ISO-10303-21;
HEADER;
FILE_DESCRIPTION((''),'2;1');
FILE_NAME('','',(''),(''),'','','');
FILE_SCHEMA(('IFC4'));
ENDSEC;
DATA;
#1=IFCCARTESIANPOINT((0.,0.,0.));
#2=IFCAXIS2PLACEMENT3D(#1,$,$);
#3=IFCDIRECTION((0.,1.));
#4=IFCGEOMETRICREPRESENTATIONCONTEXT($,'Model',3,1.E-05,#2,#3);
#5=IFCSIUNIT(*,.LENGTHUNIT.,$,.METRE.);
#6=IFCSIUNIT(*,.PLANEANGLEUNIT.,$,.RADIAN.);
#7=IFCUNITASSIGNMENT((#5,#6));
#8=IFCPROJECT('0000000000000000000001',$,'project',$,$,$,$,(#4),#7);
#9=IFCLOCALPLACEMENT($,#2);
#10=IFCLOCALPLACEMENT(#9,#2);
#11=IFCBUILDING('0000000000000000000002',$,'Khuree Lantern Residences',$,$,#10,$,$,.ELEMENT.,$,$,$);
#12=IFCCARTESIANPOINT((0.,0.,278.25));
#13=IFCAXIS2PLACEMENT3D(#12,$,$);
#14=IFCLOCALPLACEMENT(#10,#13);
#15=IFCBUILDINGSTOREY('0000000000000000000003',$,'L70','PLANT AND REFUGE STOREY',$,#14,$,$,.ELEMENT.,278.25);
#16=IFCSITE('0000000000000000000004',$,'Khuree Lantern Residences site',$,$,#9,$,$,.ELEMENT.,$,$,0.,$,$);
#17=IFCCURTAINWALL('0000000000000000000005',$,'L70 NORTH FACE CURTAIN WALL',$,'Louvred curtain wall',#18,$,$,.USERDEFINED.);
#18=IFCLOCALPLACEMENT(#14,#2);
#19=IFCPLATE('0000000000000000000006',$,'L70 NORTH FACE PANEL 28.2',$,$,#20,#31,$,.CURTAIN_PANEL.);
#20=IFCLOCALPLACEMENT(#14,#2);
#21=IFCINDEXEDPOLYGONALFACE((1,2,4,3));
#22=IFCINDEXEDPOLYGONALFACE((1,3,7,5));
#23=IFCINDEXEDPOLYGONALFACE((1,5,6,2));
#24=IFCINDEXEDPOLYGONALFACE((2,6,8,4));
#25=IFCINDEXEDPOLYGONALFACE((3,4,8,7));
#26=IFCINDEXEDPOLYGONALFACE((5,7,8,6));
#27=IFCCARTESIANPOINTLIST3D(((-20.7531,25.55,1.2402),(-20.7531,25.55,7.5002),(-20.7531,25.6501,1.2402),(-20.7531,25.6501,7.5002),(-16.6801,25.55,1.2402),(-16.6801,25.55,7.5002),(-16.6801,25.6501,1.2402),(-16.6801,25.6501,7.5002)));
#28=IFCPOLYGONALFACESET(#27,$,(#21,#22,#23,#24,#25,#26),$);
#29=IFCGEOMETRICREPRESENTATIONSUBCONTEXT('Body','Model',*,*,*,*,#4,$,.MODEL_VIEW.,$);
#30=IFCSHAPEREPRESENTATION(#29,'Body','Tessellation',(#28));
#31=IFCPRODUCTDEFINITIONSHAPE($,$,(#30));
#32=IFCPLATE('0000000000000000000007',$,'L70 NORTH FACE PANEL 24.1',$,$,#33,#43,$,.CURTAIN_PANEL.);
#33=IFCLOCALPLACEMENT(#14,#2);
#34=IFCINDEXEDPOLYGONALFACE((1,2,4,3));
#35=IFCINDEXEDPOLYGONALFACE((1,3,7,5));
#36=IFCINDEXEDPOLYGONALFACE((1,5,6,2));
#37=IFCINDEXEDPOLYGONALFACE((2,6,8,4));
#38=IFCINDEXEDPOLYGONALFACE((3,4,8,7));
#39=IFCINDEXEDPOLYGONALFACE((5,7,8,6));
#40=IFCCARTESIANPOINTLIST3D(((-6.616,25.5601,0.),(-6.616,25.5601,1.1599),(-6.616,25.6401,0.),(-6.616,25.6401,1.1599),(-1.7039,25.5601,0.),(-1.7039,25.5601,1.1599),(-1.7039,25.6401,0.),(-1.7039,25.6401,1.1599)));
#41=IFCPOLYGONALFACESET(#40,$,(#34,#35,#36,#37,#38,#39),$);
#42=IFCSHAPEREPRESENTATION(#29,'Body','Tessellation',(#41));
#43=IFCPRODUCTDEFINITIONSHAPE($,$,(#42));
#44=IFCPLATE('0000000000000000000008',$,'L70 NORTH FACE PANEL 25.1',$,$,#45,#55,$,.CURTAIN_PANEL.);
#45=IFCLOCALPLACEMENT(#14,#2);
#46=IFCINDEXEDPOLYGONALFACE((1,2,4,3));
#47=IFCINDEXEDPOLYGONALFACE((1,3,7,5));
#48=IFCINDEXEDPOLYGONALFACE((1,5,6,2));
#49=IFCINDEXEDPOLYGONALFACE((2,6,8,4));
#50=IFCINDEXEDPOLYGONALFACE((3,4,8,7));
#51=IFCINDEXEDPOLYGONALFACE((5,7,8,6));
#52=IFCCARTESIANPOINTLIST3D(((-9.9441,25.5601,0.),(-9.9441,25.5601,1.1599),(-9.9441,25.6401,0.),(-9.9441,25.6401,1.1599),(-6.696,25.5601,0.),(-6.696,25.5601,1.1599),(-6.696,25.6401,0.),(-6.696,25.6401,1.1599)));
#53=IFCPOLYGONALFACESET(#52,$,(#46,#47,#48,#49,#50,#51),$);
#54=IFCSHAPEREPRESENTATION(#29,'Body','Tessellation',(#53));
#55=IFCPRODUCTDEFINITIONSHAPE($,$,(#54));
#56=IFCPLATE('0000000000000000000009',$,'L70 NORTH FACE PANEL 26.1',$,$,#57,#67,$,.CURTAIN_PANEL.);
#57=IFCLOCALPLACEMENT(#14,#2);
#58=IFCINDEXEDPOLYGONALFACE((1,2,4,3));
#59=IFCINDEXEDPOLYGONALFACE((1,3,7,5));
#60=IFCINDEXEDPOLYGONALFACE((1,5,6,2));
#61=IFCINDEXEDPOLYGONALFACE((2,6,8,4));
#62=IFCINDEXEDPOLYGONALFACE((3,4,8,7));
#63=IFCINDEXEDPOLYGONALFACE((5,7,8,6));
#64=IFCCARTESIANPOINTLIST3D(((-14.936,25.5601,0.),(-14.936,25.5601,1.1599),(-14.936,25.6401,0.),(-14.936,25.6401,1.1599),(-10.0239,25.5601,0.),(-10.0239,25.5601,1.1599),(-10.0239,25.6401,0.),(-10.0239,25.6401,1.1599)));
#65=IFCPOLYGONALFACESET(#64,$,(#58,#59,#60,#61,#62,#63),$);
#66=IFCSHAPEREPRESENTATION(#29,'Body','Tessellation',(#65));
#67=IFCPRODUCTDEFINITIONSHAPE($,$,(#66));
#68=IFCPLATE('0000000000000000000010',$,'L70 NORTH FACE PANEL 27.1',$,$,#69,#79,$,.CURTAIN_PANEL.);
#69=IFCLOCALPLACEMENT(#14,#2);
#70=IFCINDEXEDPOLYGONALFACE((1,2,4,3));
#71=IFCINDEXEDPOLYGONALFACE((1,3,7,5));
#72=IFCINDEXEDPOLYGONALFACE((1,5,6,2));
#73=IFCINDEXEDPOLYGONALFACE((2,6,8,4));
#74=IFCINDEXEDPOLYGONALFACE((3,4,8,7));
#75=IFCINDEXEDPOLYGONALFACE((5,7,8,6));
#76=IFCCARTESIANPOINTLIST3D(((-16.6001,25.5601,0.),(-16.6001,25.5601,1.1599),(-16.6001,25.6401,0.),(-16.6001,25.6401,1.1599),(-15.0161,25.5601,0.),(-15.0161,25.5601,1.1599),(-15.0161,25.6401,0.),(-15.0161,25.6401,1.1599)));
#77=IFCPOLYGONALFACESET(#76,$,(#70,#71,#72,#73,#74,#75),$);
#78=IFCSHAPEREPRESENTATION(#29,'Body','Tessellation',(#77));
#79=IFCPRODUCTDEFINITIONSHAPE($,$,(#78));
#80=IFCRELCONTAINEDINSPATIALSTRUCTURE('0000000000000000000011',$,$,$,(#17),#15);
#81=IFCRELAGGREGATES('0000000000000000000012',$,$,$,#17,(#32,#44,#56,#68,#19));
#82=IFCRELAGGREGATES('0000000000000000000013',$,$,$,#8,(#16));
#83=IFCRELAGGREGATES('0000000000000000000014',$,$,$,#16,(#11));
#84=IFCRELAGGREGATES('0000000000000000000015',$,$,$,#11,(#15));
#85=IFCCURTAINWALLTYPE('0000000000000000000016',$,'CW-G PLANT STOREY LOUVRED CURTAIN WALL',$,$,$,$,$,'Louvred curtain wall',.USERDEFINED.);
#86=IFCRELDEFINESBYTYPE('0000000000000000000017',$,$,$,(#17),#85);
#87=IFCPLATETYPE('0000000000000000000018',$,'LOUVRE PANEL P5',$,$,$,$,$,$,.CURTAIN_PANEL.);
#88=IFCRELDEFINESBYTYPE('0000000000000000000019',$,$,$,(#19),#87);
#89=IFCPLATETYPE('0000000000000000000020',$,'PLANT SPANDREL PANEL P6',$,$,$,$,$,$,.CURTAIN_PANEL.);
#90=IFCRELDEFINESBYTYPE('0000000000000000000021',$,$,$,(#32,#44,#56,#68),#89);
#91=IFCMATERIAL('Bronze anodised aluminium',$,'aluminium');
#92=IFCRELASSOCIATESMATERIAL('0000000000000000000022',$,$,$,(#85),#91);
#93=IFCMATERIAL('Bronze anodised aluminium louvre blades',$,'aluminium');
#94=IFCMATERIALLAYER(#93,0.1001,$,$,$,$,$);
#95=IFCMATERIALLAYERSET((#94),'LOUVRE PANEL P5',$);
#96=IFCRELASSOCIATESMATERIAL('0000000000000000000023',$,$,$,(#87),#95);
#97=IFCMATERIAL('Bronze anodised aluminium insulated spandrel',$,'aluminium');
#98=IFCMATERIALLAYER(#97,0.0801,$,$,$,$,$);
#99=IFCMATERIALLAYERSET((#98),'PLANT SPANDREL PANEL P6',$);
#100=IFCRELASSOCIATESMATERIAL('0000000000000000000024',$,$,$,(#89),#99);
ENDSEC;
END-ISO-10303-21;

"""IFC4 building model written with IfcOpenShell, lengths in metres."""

from ifc_helpers import new_model, si_unit, direction, frame, origin, origin_2d, place, context, subcontext, project, spatial, rectangle, extrude, material, layer, layer_set, type_object, element, aggregate, save


model = new_model("IFC4")

# Units and contexts
model_context = context("Model", 3, precision=1e-05, world=origin(), true_north=direction((0.0, 1.0)))
body_context = subcontext(model_context, "Body", "Model", "MODEL_VIEW")
ifc_project = project(units=[si_unit("LENGTHUNIT", "METRE"), si_unit("PLANEANGLEUNIT", "RADIAN")], contexts=[model_context])

# Site, building, storey
site_placement = place(None, origin())
site = spatial("IfcSite", under=ifc_project, at=site_placement, Name="Khuree Lantern Residences site", CompositionType="ELEMENT", RefElevation=0.0)
building_placement = place(site_placement, origin())
building = spatial("IfcBuilding", under=site, at=building_placement, Name="Khuree Lantern Residences", CompositionType="ELEMENT")
storey_placement = place(building_placement, frame((0.0, 0.0, 278.25)))
storey = spatial("IfcBuildingStorey", under=building, at=storey_placement, Name="L70", Description="PLANT AND REFUGE STOREY", CompositionType="ELEMENT", Elevation=278.25)

# Curtain wall
ifc_material_1 = material(Name="Bronze anodised aluminium", Category="aluminium")
curtain_wall_type = type_object("IfcCurtainWallType", Name="CW-G PLANT STOREY LOUVRED CURTAIN WALL", ElementType="Louvred curtain wall", PredefinedType="USERDEFINED", material=ifc_material_1)
curtain_wall_placement = place(storey_placement, origin())
curtain_wall = element("IfcCurtainWall", 1, at=curtain_wall_placement, inside=storey, type_object=curtain_wall_type, Name="L70 NORTH FACE CURTAIN WALL", ObjectType="Louvred curtain wall", PredefinedType="USERDEFINED")

# Plates
ifc_material_2 = material(Name="Bronze anodised aluminium louvre blades", Category="aluminium")
ifc_layer_1 = layer(ifc_material_2, 0.1001)
ifc_layer_set_1 = layer_set([ifc_layer_1], Name="LOUVRE PANEL P5")
plate_type_1 = type_object("IfcPlateType", Name="LOUVRE PANEL P5", PredefinedType="CURTAIN_PANEL", material=ifc_layer_set_1)
plate_1_placement = place(storey_placement, frame((-18.7166, 25.6001, 1.2402), z_axis=(0.0, 0.0, 1.0), x_axis=(-1.0, 0.0, 0.0)))
plate_1 = element("IfcPlate", 2, at=plate_1_placement, type_object=plate_type_1, Name="L70 NORTH FACE PANEL 28.2", PredefinedType="CURTAIN_PANEL", context=body_context, shape_type="SweptSolid", body=[
    extrude(rectangle(XDim=4.073, YDim=0.1001, at=origin_2d()), origin(), (0.0, 0.0, 1.0), 6.26),
])
ifc_material_3 = material(Name="Bronze anodised aluminium insulated spandrel", Category="aluminium")
ifc_layer_2 = layer(ifc_material_3, 0.0801)
ifc_layer_set_2 = layer_set([ifc_layer_2], Name="PLANT SPANDREL PANEL P6")
plate_type_2 = type_object("IfcPlateType", Name="PLANT SPANDREL PANEL P6", PredefinedType="CURTAIN_PANEL", material=ifc_layer_set_2)
plate_2_placement = place(storey_placement, frame((-4.1599, 25.6001, 0.0), z_axis=(0.0, 0.0, 1.0), x_axis=(-1.0, 0.0, 0.0)))
plate_2 = element("IfcPlate", 3, at=plate_2_placement, type_object=plate_type_2, Name="L70 NORTH FACE PANEL 24.1", PredefinedType="CURTAIN_PANEL", context=body_context, shape_type="SweptSolid", body=[
    extrude(rectangle(XDim=4.9121, YDim=0.0801, at=origin_2d()), origin(), (0.0, 0.0, 1.0), 1.1599),
])
plate_3_placement = place(storey_placement, frame((-8.3201, 25.6001, 0.0), z_axis=(0.0, 0.0, 1.0), x_axis=(-1.0, 0.0, 0.0)))
plate_3 = element("IfcPlate", 4, at=plate_3_placement, type_object=plate_type_2, Name="L70 NORTH FACE PANEL 25.1", PredefinedType="CURTAIN_PANEL", context=body_context, shape_type="SweptSolid", body=[
    extrude(rectangle(XDim=3.248, YDim=0.0801, at=origin_2d()), origin(), (0.0, 0.0, 1.0), 1.1599),
])
plate_4_placement = place(storey_placement, frame((-12.48, 25.6001, 0.0), z_axis=(0.0, 0.0, 1.0), x_axis=(-1.0, 0.0, 0.0)))
plate_4 = element("IfcPlate", 5, at=plate_4_placement, type_object=plate_type_2, Name="L70 NORTH FACE PANEL 26.1", PredefinedType="CURTAIN_PANEL", context=body_context, shape_type="SweptSolid", body=[
    extrude(rectangle(XDim=4.9121, YDim=0.0801, at=origin_2d()), origin(), (0.0, 0.0, 1.0), 1.1599),
])
plate_5_placement = place(storey_placement, frame((-15.8081, 25.6001, 0.0), z_axis=(0.0, 0.0, 1.0), x_axis=(-1.0, 0.0, 0.0)))
plate_5 = element("IfcPlate", 6, at=plate_5_placement, type_object=plate_type_2, Name="L70 NORTH FACE PANEL 27.1", PredefinedType="CURTAIN_PANEL", context=body_context, shape_type="SweptSolid", body=[
    extrude(rectangle(XDim=1.584, YDim=0.0801, at=origin_2d()), origin(), (0.0, 0.0, 1.0), 1.1599),
])
aggregate(curtain_wall, [plate_2, plate_3, plate_4, plate_5, plate_1])

save(model, "model.ifc")
